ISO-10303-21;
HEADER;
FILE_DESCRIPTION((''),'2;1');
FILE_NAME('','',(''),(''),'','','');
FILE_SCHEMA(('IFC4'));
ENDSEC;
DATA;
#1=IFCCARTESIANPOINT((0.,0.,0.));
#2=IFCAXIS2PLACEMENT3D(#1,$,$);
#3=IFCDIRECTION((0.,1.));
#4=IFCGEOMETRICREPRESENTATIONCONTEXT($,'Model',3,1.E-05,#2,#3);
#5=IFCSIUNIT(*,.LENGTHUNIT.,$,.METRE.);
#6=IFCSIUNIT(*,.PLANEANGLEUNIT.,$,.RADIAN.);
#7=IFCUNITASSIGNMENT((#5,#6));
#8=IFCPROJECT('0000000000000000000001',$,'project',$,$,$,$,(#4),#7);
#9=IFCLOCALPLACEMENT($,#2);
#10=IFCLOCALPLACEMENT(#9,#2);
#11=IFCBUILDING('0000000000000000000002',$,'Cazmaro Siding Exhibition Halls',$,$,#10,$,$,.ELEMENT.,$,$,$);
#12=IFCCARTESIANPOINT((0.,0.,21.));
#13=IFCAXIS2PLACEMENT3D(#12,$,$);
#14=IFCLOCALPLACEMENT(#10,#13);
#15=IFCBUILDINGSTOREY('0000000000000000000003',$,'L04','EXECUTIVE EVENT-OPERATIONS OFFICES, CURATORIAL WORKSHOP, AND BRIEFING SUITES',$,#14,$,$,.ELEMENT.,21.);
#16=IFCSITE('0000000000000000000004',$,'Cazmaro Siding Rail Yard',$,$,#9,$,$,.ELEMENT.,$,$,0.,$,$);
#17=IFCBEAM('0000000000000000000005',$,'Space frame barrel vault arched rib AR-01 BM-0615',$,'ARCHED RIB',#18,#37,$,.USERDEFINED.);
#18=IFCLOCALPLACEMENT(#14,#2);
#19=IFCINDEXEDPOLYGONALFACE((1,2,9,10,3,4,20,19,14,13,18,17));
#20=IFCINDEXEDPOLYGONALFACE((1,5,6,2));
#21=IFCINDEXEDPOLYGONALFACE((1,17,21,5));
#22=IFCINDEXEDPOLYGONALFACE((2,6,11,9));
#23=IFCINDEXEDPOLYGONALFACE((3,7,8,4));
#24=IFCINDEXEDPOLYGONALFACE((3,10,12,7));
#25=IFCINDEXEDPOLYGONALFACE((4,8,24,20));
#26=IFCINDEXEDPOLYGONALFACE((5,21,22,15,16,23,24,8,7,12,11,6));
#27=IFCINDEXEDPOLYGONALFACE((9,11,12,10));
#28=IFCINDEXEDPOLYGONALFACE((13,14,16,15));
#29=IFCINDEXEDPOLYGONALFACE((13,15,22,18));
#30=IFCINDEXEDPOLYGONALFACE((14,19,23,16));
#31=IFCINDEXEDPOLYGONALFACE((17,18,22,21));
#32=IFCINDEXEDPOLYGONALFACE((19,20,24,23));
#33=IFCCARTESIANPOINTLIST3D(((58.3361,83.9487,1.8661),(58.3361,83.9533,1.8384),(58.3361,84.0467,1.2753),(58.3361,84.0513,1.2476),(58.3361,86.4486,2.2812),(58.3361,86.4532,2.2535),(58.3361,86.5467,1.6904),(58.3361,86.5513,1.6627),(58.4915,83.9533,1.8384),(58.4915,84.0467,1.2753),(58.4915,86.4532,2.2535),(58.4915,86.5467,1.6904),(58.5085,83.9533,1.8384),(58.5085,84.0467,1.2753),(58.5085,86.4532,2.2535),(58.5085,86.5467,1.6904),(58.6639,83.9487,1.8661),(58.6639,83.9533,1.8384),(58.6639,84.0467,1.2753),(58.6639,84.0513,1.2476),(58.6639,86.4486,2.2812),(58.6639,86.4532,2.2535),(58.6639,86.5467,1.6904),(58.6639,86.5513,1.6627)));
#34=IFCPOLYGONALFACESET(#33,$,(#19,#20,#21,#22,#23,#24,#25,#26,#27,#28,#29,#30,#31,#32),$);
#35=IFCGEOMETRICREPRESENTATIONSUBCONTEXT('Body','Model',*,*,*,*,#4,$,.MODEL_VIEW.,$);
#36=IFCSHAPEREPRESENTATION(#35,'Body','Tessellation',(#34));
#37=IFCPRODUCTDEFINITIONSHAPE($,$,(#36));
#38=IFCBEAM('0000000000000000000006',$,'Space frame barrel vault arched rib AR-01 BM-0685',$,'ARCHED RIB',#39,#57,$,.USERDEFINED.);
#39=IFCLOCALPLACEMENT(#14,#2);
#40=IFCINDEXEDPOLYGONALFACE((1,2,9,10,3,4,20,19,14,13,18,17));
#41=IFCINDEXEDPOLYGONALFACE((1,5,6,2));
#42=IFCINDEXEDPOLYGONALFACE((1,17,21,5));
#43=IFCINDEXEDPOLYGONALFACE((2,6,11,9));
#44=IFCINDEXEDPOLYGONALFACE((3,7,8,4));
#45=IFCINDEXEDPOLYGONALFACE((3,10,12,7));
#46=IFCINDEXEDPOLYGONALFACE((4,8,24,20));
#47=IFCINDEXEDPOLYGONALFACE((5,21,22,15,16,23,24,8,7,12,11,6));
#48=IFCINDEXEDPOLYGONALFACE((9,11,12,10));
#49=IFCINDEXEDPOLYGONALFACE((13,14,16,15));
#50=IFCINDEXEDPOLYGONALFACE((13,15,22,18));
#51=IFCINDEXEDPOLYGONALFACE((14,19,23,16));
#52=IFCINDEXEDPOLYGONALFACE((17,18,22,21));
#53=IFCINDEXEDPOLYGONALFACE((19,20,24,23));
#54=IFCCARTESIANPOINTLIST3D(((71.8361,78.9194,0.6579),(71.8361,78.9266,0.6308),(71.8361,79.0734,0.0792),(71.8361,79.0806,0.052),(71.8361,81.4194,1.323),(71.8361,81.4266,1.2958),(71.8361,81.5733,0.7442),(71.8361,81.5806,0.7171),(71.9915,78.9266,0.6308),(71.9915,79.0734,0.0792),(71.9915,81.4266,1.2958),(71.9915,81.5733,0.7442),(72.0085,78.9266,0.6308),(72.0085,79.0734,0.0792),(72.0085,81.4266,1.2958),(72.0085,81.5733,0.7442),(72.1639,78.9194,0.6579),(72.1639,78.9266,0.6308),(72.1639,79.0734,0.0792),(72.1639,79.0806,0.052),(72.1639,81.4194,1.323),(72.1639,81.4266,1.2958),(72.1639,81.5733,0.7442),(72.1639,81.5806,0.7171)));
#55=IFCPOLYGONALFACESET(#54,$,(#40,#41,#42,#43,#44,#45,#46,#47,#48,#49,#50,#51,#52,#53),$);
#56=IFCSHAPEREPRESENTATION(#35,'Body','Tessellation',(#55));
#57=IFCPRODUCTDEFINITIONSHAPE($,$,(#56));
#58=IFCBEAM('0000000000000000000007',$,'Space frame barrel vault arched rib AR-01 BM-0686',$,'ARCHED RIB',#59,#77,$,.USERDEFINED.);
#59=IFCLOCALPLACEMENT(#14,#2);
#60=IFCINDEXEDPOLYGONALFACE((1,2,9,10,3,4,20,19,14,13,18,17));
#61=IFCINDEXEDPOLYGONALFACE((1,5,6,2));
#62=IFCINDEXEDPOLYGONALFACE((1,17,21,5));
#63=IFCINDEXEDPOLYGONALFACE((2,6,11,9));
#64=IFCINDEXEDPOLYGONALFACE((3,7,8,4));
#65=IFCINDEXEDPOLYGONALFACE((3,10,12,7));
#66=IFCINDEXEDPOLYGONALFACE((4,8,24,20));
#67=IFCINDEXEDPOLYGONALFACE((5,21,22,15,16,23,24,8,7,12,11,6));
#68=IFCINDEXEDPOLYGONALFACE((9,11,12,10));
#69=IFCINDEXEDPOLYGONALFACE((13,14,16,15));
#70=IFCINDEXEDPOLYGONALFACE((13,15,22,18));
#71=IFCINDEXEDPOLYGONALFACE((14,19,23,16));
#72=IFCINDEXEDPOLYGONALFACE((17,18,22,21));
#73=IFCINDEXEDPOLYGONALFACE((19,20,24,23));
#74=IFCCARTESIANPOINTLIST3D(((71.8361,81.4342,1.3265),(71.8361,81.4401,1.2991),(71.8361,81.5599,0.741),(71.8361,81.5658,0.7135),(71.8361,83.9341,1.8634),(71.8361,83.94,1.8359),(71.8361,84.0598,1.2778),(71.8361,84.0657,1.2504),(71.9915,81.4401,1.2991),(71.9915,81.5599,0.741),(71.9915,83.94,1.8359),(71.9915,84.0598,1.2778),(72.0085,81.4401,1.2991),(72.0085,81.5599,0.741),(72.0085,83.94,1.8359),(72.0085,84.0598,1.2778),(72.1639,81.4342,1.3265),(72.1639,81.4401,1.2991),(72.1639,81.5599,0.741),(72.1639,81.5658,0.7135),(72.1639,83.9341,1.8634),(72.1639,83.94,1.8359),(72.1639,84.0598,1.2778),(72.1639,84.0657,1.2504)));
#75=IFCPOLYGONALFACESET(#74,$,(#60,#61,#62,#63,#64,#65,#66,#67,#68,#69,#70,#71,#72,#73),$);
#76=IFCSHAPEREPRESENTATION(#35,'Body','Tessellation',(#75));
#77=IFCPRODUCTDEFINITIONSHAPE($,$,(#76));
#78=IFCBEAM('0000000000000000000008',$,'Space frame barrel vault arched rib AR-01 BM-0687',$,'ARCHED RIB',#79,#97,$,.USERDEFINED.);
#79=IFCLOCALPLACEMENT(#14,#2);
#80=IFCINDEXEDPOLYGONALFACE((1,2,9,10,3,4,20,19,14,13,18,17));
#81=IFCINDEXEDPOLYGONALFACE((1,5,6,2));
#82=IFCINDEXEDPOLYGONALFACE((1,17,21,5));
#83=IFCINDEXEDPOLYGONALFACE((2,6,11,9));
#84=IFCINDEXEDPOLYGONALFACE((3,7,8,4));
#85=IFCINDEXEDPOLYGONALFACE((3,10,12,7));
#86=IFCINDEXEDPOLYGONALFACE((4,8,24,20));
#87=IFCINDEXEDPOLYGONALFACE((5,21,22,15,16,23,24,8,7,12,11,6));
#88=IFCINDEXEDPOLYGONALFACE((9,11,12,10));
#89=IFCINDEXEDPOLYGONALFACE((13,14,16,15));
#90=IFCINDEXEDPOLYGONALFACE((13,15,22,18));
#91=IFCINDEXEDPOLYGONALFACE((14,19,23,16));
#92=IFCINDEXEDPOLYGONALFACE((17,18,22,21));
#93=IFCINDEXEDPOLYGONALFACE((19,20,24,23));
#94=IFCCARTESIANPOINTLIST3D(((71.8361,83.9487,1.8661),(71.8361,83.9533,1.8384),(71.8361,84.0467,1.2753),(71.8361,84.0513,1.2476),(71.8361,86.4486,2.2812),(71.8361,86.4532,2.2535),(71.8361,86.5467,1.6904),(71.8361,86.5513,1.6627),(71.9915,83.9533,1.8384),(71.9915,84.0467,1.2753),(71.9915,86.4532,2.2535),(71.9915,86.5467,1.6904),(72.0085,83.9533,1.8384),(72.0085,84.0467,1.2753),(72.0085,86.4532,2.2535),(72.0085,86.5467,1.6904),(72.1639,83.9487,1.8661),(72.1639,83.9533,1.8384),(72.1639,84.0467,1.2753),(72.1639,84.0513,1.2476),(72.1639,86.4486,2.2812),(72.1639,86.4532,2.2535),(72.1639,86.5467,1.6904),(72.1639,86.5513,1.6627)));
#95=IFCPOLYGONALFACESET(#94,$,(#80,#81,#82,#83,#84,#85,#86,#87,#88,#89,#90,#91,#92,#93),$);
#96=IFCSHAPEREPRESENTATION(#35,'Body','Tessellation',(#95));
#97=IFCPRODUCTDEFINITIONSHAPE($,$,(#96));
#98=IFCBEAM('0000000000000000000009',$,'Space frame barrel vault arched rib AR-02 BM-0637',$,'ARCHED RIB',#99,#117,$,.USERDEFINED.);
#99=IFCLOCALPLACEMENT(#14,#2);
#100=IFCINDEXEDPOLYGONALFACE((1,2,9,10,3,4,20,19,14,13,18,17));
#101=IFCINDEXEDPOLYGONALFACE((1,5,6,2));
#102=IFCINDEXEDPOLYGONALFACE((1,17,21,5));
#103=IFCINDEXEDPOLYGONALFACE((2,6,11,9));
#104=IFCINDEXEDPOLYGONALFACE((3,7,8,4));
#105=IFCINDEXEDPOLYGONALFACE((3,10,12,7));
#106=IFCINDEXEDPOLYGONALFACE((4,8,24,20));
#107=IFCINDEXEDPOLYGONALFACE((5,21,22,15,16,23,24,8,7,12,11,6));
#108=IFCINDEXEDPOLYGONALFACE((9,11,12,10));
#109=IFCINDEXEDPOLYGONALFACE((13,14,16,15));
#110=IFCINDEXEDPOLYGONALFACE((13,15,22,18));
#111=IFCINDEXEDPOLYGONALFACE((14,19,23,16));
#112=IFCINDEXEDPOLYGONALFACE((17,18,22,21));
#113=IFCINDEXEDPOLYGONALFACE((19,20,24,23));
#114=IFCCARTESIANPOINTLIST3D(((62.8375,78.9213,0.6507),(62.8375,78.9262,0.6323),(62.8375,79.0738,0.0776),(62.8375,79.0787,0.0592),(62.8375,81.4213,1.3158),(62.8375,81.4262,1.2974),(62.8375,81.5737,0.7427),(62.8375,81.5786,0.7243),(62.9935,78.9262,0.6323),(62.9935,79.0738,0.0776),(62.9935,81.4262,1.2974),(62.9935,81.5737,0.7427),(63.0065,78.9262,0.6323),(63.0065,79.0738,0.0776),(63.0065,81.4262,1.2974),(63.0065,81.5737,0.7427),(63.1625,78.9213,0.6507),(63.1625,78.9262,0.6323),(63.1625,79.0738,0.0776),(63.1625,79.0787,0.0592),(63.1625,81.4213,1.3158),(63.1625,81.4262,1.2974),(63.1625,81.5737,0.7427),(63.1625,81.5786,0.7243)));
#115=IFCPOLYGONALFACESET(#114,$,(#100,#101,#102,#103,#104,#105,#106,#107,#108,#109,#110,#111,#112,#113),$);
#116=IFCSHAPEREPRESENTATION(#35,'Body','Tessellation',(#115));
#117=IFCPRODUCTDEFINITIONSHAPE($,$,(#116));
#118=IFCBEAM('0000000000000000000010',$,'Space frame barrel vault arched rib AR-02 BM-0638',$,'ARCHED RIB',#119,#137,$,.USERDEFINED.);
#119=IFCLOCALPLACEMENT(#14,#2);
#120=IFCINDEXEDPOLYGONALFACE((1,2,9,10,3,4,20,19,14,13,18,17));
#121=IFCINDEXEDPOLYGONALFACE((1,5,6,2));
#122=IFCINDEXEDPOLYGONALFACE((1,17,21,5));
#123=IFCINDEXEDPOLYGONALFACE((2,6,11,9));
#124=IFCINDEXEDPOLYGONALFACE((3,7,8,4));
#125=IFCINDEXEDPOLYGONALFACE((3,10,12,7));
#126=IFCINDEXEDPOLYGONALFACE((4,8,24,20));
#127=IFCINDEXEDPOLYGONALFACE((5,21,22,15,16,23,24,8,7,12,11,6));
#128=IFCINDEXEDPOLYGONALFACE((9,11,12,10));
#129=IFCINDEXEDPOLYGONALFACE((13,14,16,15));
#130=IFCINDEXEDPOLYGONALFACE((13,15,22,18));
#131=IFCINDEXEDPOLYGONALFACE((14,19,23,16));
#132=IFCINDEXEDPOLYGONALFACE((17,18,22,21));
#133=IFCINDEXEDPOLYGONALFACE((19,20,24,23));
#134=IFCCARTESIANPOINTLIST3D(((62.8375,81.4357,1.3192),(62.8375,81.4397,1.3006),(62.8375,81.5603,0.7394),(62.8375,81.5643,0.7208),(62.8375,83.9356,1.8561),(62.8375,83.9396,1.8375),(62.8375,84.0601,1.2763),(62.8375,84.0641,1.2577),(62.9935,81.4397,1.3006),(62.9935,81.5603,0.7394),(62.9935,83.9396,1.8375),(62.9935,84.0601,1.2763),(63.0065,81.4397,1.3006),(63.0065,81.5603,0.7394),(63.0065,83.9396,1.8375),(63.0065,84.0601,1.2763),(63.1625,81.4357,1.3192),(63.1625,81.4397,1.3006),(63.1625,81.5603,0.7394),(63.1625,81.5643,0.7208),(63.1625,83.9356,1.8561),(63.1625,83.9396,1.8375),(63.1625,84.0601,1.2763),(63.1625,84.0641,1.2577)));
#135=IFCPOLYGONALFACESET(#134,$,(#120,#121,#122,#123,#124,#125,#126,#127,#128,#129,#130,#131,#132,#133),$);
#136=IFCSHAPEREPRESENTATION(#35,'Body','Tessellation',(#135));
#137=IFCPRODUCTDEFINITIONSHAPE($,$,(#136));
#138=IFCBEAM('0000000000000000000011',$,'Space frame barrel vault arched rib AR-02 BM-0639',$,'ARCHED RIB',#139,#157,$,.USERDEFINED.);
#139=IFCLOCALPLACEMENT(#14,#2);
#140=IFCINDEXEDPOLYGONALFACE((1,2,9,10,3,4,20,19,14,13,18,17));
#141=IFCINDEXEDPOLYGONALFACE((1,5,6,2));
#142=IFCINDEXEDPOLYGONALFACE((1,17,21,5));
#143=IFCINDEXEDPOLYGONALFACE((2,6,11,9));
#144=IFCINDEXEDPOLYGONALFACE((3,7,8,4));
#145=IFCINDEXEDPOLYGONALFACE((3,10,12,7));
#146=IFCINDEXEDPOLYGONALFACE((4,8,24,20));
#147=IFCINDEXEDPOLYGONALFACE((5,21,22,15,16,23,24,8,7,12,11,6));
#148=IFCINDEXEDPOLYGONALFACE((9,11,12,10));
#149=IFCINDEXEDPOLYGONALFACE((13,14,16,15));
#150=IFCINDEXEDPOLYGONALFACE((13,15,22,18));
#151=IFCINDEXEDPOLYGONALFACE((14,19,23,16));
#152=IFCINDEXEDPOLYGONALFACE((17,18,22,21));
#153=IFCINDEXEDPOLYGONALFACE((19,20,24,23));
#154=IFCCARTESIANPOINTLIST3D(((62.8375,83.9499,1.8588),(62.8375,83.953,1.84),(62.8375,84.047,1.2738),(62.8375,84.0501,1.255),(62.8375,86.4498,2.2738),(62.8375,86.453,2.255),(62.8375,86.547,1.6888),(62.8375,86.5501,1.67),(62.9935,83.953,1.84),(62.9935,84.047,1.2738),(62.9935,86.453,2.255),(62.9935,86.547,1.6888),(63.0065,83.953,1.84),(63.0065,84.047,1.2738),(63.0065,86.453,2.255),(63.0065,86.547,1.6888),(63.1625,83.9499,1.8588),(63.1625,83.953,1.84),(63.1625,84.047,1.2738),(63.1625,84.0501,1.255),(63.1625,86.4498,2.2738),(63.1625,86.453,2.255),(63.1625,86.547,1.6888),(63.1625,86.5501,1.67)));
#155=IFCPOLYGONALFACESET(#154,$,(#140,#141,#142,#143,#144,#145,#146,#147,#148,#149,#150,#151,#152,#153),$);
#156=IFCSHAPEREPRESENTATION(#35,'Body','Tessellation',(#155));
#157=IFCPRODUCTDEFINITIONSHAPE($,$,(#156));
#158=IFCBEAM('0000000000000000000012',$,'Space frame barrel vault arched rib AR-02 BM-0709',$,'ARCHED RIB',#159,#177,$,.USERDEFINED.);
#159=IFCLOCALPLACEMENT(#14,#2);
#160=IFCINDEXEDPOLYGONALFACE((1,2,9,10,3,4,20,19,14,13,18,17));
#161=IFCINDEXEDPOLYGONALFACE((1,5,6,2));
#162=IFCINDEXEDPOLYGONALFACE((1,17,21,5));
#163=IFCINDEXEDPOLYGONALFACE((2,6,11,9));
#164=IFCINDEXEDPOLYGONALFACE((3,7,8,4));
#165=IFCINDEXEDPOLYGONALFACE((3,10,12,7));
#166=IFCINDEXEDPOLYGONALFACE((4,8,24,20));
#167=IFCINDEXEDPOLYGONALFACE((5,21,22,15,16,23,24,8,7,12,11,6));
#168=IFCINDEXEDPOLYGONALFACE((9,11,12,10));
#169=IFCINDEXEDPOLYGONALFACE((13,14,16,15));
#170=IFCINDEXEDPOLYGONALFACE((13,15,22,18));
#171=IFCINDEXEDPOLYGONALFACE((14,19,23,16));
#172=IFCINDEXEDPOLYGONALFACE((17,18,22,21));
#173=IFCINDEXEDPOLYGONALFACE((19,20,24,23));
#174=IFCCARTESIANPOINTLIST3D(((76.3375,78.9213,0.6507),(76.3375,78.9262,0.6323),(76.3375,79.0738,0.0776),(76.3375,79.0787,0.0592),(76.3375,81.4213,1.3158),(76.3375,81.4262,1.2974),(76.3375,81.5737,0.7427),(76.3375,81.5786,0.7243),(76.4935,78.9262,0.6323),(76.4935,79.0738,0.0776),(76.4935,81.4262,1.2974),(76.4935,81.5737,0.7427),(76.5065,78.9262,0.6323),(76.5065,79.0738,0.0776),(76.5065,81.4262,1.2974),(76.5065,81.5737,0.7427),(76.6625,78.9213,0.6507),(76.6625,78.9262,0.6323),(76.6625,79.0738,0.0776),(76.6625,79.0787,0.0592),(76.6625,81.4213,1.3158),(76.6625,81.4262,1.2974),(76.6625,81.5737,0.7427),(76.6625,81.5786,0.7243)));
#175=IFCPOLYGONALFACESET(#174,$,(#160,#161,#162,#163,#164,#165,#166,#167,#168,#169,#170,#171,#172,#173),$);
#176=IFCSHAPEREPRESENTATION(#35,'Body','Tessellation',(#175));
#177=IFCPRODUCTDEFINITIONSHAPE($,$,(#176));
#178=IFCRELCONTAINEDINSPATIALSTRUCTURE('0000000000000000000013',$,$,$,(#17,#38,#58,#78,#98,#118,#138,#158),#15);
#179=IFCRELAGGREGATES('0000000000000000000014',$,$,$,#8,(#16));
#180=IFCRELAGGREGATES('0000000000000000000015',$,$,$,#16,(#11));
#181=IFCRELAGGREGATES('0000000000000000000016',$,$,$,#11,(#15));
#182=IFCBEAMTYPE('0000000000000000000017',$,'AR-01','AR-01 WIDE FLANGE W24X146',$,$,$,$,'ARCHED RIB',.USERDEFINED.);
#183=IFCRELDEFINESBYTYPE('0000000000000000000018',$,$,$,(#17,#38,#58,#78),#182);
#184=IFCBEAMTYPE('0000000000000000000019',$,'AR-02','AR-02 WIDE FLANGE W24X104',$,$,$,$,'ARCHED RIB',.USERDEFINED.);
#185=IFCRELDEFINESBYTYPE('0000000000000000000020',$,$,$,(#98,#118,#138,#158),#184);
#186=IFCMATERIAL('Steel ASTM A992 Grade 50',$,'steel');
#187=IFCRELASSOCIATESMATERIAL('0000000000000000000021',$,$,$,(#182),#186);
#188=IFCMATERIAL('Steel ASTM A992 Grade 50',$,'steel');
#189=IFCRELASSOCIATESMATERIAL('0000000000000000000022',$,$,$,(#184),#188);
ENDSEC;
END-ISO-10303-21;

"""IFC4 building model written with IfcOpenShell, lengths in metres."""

from ifc_helpers import new_model, si_unit, direction, frame, origin, origin_2d, place, context, subcontext, project, spatial, i_section, extrude, material, material_profile, profile_set, type_object, element, save


model = new_model("IFC4")

# Units and contexts
model_context = context("Model", 3, precision=1e-05, world=origin(), true_north=direction((0.0, 1.0)))
body_context = subcontext(model_context, "Body", "Model", "MODEL_VIEW")
ifc_project = project(units=[si_unit("LENGTHUNIT", "METRE"), si_unit("PLANEANGLEUNIT", "RADIAN")], contexts=[model_context])

# Site, building, storey
site_placement = place(None, origin())
site = spatial("IfcSite", under=ifc_project, at=site_placement, Name="Cazmaro Siding Rail Yard", CompositionType="ELEMENT", RefElevation=0.0)
building_placement = place(site_placement, origin())
building = spatial("IfcBuilding", under=site, at=building_placement, Name="Cazmaro Siding Exhibition Halls", CompositionType="ELEMENT")
storey_placement = place(building_placement, frame((0.0, 0.0, 21.0)))
storey = spatial("IfcBuildingStorey", under=building, at=storey_placement, Name="L04", Description="EXECUTIVE EVENT-OPERATIONS OFFICES, CURATORIAL WORKSHOP, AND BRIEFING SUITES", CompositionType="ELEMENT", Elevation=21.0)

# Beams
ifc_material_1 = material(Name="Steel ASTM A992 Grade 50", Category="steel")
ifc_material_profile_1 = material_profile(ifc_material_1, i_section(OverallWidth=0.3279, OverallDepth=0.627, WebThickness=0.0171, FlangeThickness=0.0281, at=origin_2d()), Name="W24X146")
ifc_profile_set_1 = profile_set([ifc_material_profile_1], Name="Steel ASTM A992 Grade 50")
beam_type_1 = type_object("IfcBeamType", Name="AR-01", Description="AR-01 WIDE FLANGE W24X146", ElementType="ARCHED RIB", PredefinedType="USERDEFINED", material=ifc_profile_set_1)
beam_1_placement = place(storey_placement, frame((58.5, 84.0, 1.5569), z_axis=(0.0, 0.986498, 0.163774), x_axis=(-1.0, 0.0, 0.0)))
element("IfcBeam", 1, at=beam_1_placement, inside=storey, type_object=beam_type_1, Name="Space frame barrel vault arched rib AR-01 BM-0615", ObjectType="ARCHED RIB", PredefinedType="USERDEFINED", context=body_context, shape_type="SweptSolid", body=[
    extrude(i_section(OverallWidth=0.3279, OverallDepth=0.627, WebThickness=0.0171, FlangeThickness=0.0281, at=origin_2d()), origin(), (0.0, 0.0, 1.0), 2.5342),
])
beam_2_placement = place(storey_placement, frame((72.0, 79.0, 0.355), z_axis=(0.0, 0.966391, 0.257075), x_axis=(-1.0, 0.0, 0.0)))
element("IfcBeam", 2, at=beam_2_placement, inside=storey, type_object=beam_type_1, Name="Space frame barrel vault arched rib AR-01 BM-0685", ObjectType="ARCHED RIB", PredefinedType="USERDEFINED", context=body_context, shape_type="SweptSolid", body=[
    extrude(i_section(OverallWidth=0.3279, OverallDepth=0.627, WebThickness=0.0171, FlangeThickness=0.0281, at=origin_2d()), origin(), (0.0, 0.0, 1.0), 2.5869),
])
beam_3_placement = place(storey_placement, frame((72.0, 81.5, 1.02), z_axis=(0.0, 0.97771, 0.209959), x_axis=(-1.0, 0.0, 0.0)))
element("IfcBeam", 3, at=beam_3_placement, inside=storey, type_object=beam_type_1, Name="Space frame barrel vault arched rib AR-01 BM-0686", ObjectType="ARCHED RIB", PredefinedType="USERDEFINED", context=body_context, shape_type="SweptSolid", body=[
    extrude(i_section(OverallWidth=0.3279, OverallDepth=0.627, WebThickness=0.0171, FlangeThickness=0.0281, at=origin_2d()), origin(), (0.0, 0.0, 1.0), 2.5569),
])
beam_4_placement = place(storey_placement, frame((72.0, 84.0, 1.5569), z_axis=(0.0, 0.986498, 0.163774), x_axis=(-1.0, 0.0, 0.0)))
element("IfcBeam", 4, at=beam_4_placement, inside=storey, type_object=beam_type_1, Name="Space frame barrel vault arched rib AR-01 BM-0687", ObjectType="ARCHED RIB", PredefinedType="USERDEFINED", context=body_context, shape_type="SweptSolid", body=[
    extrude(i_section(OverallWidth=0.3279, OverallDepth=0.627, WebThickness=0.0171, FlangeThickness=0.0281, at=origin_2d()), origin(), (0.0, 0.0, 1.0), 2.5342),
])
ifc_material_2 = material(Name="Steel ASTM A992 Grade 50", Category="steel")
ifc_material_profile_2 = material_profile(ifc_material_2, i_section(OverallWidth=0.325, OverallDepth=0.6121, WebThickness=0.0129, FlangeThickness=0.019, at=origin_2d()), Name="W24X104")
ifc_profile_set_2 = profile_set([ifc_material_profile_2], Name="Steel ASTM A992 Grade 50")
beam_type_2 = type_object("IfcBeamType", Name="AR-02", Description="AR-02 WIDE FLANGE W24X104", ElementType="ARCHED RIB", PredefinedType="USERDEFINED", material=ifc_profile_set_2)
beam_5_placement = place(storey_placement, frame((63.0, 79.0, 0.355), z_axis=(0.0, 0.966391, 0.257075), x_axis=(-1.0, 0.0, 0.0)))
element("IfcBeam", 5, at=beam_5_placement, inside=storey, type_object=beam_type_2, Name="Space frame barrel vault arched rib AR-02 BM-0637", ObjectType="ARCHED RIB", PredefinedType="USERDEFINED", context=body_context, shape_type="SweptSolid", body=[
    extrude(i_section(OverallWidth=0.325, OverallDepth=0.6121, WebThickness=0.0129, FlangeThickness=0.019, at=origin_2d()), origin(), (0.0, 0.0, 1.0), 2.5869),
])
beam_6_placement = place(storey_placement, frame((63.0, 81.5, 1.02), z_axis=(0.0, 0.97771, 0.209959), x_axis=(-1.0, 0.0, 0.0)))
element("IfcBeam", 6, at=beam_6_placement, inside=storey, type_object=beam_type_2, Name="Space frame barrel vault arched rib AR-02 BM-0638", ObjectType="ARCHED RIB", PredefinedType="USERDEFINED", context=body_context, shape_type="SweptSolid", body=[
    extrude(i_section(OverallWidth=0.325, OverallDepth=0.6121, WebThickness=0.0129, FlangeThickness=0.019, at=origin_2d()), origin(), (0.0, 0.0, 1.0), 2.5569),
])
beam_7_placement = place(storey_placement, frame((63.0, 84.0, 1.5569), z_axis=(0.0, 0.986498, 0.163774), x_axis=(-1.0, 0.0, 0.0)))
element("IfcBeam", 7, at=beam_7_placement, inside=storey, type_object=beam_type_2, Name="Space frame barrel vault arched rib AR-02 BM-0639", ObjectType="ARCHED RIB", PredefinedType="USERDEFINED", context=body_context, shape_type="SweptSolid", body=[
    extrude(i_section(OverallWidth=0.325, OverallDepth=0.6121, WebThickness=0.0129, FlangeThickness=0.019, at=origin_2d()), origin(), (0.0, 0.0, 1.0), 2.5342),
])
beam_8_placement = place(storey_placement, frame((76.5, 79.0, 0.355), z_axis=(0.0, 0.966391, 0.257075), x_axis=(-1.0, 0.0, 0.0)))
element("IfcBeam", 8, at=beam_8_placement, inside=storey, type_object=beam_type_2, Name="Space frame barrel vault arched rib AR-02 BM-0709", ObjectType="ARCHED RIB", PredefinedType="USERDEFINED", context=body_context, shape_type="SweptSolid", body=[
    extrude(i_section(OverallWidth=0.325, OverallDepth=0.6121, WebThickness=0.0129, FlangeThickness=0.019, at=origin_2d()), origin(), (0.0, 0.0, 1.0), 2.5869),
])

save(model, "model.ifc")
